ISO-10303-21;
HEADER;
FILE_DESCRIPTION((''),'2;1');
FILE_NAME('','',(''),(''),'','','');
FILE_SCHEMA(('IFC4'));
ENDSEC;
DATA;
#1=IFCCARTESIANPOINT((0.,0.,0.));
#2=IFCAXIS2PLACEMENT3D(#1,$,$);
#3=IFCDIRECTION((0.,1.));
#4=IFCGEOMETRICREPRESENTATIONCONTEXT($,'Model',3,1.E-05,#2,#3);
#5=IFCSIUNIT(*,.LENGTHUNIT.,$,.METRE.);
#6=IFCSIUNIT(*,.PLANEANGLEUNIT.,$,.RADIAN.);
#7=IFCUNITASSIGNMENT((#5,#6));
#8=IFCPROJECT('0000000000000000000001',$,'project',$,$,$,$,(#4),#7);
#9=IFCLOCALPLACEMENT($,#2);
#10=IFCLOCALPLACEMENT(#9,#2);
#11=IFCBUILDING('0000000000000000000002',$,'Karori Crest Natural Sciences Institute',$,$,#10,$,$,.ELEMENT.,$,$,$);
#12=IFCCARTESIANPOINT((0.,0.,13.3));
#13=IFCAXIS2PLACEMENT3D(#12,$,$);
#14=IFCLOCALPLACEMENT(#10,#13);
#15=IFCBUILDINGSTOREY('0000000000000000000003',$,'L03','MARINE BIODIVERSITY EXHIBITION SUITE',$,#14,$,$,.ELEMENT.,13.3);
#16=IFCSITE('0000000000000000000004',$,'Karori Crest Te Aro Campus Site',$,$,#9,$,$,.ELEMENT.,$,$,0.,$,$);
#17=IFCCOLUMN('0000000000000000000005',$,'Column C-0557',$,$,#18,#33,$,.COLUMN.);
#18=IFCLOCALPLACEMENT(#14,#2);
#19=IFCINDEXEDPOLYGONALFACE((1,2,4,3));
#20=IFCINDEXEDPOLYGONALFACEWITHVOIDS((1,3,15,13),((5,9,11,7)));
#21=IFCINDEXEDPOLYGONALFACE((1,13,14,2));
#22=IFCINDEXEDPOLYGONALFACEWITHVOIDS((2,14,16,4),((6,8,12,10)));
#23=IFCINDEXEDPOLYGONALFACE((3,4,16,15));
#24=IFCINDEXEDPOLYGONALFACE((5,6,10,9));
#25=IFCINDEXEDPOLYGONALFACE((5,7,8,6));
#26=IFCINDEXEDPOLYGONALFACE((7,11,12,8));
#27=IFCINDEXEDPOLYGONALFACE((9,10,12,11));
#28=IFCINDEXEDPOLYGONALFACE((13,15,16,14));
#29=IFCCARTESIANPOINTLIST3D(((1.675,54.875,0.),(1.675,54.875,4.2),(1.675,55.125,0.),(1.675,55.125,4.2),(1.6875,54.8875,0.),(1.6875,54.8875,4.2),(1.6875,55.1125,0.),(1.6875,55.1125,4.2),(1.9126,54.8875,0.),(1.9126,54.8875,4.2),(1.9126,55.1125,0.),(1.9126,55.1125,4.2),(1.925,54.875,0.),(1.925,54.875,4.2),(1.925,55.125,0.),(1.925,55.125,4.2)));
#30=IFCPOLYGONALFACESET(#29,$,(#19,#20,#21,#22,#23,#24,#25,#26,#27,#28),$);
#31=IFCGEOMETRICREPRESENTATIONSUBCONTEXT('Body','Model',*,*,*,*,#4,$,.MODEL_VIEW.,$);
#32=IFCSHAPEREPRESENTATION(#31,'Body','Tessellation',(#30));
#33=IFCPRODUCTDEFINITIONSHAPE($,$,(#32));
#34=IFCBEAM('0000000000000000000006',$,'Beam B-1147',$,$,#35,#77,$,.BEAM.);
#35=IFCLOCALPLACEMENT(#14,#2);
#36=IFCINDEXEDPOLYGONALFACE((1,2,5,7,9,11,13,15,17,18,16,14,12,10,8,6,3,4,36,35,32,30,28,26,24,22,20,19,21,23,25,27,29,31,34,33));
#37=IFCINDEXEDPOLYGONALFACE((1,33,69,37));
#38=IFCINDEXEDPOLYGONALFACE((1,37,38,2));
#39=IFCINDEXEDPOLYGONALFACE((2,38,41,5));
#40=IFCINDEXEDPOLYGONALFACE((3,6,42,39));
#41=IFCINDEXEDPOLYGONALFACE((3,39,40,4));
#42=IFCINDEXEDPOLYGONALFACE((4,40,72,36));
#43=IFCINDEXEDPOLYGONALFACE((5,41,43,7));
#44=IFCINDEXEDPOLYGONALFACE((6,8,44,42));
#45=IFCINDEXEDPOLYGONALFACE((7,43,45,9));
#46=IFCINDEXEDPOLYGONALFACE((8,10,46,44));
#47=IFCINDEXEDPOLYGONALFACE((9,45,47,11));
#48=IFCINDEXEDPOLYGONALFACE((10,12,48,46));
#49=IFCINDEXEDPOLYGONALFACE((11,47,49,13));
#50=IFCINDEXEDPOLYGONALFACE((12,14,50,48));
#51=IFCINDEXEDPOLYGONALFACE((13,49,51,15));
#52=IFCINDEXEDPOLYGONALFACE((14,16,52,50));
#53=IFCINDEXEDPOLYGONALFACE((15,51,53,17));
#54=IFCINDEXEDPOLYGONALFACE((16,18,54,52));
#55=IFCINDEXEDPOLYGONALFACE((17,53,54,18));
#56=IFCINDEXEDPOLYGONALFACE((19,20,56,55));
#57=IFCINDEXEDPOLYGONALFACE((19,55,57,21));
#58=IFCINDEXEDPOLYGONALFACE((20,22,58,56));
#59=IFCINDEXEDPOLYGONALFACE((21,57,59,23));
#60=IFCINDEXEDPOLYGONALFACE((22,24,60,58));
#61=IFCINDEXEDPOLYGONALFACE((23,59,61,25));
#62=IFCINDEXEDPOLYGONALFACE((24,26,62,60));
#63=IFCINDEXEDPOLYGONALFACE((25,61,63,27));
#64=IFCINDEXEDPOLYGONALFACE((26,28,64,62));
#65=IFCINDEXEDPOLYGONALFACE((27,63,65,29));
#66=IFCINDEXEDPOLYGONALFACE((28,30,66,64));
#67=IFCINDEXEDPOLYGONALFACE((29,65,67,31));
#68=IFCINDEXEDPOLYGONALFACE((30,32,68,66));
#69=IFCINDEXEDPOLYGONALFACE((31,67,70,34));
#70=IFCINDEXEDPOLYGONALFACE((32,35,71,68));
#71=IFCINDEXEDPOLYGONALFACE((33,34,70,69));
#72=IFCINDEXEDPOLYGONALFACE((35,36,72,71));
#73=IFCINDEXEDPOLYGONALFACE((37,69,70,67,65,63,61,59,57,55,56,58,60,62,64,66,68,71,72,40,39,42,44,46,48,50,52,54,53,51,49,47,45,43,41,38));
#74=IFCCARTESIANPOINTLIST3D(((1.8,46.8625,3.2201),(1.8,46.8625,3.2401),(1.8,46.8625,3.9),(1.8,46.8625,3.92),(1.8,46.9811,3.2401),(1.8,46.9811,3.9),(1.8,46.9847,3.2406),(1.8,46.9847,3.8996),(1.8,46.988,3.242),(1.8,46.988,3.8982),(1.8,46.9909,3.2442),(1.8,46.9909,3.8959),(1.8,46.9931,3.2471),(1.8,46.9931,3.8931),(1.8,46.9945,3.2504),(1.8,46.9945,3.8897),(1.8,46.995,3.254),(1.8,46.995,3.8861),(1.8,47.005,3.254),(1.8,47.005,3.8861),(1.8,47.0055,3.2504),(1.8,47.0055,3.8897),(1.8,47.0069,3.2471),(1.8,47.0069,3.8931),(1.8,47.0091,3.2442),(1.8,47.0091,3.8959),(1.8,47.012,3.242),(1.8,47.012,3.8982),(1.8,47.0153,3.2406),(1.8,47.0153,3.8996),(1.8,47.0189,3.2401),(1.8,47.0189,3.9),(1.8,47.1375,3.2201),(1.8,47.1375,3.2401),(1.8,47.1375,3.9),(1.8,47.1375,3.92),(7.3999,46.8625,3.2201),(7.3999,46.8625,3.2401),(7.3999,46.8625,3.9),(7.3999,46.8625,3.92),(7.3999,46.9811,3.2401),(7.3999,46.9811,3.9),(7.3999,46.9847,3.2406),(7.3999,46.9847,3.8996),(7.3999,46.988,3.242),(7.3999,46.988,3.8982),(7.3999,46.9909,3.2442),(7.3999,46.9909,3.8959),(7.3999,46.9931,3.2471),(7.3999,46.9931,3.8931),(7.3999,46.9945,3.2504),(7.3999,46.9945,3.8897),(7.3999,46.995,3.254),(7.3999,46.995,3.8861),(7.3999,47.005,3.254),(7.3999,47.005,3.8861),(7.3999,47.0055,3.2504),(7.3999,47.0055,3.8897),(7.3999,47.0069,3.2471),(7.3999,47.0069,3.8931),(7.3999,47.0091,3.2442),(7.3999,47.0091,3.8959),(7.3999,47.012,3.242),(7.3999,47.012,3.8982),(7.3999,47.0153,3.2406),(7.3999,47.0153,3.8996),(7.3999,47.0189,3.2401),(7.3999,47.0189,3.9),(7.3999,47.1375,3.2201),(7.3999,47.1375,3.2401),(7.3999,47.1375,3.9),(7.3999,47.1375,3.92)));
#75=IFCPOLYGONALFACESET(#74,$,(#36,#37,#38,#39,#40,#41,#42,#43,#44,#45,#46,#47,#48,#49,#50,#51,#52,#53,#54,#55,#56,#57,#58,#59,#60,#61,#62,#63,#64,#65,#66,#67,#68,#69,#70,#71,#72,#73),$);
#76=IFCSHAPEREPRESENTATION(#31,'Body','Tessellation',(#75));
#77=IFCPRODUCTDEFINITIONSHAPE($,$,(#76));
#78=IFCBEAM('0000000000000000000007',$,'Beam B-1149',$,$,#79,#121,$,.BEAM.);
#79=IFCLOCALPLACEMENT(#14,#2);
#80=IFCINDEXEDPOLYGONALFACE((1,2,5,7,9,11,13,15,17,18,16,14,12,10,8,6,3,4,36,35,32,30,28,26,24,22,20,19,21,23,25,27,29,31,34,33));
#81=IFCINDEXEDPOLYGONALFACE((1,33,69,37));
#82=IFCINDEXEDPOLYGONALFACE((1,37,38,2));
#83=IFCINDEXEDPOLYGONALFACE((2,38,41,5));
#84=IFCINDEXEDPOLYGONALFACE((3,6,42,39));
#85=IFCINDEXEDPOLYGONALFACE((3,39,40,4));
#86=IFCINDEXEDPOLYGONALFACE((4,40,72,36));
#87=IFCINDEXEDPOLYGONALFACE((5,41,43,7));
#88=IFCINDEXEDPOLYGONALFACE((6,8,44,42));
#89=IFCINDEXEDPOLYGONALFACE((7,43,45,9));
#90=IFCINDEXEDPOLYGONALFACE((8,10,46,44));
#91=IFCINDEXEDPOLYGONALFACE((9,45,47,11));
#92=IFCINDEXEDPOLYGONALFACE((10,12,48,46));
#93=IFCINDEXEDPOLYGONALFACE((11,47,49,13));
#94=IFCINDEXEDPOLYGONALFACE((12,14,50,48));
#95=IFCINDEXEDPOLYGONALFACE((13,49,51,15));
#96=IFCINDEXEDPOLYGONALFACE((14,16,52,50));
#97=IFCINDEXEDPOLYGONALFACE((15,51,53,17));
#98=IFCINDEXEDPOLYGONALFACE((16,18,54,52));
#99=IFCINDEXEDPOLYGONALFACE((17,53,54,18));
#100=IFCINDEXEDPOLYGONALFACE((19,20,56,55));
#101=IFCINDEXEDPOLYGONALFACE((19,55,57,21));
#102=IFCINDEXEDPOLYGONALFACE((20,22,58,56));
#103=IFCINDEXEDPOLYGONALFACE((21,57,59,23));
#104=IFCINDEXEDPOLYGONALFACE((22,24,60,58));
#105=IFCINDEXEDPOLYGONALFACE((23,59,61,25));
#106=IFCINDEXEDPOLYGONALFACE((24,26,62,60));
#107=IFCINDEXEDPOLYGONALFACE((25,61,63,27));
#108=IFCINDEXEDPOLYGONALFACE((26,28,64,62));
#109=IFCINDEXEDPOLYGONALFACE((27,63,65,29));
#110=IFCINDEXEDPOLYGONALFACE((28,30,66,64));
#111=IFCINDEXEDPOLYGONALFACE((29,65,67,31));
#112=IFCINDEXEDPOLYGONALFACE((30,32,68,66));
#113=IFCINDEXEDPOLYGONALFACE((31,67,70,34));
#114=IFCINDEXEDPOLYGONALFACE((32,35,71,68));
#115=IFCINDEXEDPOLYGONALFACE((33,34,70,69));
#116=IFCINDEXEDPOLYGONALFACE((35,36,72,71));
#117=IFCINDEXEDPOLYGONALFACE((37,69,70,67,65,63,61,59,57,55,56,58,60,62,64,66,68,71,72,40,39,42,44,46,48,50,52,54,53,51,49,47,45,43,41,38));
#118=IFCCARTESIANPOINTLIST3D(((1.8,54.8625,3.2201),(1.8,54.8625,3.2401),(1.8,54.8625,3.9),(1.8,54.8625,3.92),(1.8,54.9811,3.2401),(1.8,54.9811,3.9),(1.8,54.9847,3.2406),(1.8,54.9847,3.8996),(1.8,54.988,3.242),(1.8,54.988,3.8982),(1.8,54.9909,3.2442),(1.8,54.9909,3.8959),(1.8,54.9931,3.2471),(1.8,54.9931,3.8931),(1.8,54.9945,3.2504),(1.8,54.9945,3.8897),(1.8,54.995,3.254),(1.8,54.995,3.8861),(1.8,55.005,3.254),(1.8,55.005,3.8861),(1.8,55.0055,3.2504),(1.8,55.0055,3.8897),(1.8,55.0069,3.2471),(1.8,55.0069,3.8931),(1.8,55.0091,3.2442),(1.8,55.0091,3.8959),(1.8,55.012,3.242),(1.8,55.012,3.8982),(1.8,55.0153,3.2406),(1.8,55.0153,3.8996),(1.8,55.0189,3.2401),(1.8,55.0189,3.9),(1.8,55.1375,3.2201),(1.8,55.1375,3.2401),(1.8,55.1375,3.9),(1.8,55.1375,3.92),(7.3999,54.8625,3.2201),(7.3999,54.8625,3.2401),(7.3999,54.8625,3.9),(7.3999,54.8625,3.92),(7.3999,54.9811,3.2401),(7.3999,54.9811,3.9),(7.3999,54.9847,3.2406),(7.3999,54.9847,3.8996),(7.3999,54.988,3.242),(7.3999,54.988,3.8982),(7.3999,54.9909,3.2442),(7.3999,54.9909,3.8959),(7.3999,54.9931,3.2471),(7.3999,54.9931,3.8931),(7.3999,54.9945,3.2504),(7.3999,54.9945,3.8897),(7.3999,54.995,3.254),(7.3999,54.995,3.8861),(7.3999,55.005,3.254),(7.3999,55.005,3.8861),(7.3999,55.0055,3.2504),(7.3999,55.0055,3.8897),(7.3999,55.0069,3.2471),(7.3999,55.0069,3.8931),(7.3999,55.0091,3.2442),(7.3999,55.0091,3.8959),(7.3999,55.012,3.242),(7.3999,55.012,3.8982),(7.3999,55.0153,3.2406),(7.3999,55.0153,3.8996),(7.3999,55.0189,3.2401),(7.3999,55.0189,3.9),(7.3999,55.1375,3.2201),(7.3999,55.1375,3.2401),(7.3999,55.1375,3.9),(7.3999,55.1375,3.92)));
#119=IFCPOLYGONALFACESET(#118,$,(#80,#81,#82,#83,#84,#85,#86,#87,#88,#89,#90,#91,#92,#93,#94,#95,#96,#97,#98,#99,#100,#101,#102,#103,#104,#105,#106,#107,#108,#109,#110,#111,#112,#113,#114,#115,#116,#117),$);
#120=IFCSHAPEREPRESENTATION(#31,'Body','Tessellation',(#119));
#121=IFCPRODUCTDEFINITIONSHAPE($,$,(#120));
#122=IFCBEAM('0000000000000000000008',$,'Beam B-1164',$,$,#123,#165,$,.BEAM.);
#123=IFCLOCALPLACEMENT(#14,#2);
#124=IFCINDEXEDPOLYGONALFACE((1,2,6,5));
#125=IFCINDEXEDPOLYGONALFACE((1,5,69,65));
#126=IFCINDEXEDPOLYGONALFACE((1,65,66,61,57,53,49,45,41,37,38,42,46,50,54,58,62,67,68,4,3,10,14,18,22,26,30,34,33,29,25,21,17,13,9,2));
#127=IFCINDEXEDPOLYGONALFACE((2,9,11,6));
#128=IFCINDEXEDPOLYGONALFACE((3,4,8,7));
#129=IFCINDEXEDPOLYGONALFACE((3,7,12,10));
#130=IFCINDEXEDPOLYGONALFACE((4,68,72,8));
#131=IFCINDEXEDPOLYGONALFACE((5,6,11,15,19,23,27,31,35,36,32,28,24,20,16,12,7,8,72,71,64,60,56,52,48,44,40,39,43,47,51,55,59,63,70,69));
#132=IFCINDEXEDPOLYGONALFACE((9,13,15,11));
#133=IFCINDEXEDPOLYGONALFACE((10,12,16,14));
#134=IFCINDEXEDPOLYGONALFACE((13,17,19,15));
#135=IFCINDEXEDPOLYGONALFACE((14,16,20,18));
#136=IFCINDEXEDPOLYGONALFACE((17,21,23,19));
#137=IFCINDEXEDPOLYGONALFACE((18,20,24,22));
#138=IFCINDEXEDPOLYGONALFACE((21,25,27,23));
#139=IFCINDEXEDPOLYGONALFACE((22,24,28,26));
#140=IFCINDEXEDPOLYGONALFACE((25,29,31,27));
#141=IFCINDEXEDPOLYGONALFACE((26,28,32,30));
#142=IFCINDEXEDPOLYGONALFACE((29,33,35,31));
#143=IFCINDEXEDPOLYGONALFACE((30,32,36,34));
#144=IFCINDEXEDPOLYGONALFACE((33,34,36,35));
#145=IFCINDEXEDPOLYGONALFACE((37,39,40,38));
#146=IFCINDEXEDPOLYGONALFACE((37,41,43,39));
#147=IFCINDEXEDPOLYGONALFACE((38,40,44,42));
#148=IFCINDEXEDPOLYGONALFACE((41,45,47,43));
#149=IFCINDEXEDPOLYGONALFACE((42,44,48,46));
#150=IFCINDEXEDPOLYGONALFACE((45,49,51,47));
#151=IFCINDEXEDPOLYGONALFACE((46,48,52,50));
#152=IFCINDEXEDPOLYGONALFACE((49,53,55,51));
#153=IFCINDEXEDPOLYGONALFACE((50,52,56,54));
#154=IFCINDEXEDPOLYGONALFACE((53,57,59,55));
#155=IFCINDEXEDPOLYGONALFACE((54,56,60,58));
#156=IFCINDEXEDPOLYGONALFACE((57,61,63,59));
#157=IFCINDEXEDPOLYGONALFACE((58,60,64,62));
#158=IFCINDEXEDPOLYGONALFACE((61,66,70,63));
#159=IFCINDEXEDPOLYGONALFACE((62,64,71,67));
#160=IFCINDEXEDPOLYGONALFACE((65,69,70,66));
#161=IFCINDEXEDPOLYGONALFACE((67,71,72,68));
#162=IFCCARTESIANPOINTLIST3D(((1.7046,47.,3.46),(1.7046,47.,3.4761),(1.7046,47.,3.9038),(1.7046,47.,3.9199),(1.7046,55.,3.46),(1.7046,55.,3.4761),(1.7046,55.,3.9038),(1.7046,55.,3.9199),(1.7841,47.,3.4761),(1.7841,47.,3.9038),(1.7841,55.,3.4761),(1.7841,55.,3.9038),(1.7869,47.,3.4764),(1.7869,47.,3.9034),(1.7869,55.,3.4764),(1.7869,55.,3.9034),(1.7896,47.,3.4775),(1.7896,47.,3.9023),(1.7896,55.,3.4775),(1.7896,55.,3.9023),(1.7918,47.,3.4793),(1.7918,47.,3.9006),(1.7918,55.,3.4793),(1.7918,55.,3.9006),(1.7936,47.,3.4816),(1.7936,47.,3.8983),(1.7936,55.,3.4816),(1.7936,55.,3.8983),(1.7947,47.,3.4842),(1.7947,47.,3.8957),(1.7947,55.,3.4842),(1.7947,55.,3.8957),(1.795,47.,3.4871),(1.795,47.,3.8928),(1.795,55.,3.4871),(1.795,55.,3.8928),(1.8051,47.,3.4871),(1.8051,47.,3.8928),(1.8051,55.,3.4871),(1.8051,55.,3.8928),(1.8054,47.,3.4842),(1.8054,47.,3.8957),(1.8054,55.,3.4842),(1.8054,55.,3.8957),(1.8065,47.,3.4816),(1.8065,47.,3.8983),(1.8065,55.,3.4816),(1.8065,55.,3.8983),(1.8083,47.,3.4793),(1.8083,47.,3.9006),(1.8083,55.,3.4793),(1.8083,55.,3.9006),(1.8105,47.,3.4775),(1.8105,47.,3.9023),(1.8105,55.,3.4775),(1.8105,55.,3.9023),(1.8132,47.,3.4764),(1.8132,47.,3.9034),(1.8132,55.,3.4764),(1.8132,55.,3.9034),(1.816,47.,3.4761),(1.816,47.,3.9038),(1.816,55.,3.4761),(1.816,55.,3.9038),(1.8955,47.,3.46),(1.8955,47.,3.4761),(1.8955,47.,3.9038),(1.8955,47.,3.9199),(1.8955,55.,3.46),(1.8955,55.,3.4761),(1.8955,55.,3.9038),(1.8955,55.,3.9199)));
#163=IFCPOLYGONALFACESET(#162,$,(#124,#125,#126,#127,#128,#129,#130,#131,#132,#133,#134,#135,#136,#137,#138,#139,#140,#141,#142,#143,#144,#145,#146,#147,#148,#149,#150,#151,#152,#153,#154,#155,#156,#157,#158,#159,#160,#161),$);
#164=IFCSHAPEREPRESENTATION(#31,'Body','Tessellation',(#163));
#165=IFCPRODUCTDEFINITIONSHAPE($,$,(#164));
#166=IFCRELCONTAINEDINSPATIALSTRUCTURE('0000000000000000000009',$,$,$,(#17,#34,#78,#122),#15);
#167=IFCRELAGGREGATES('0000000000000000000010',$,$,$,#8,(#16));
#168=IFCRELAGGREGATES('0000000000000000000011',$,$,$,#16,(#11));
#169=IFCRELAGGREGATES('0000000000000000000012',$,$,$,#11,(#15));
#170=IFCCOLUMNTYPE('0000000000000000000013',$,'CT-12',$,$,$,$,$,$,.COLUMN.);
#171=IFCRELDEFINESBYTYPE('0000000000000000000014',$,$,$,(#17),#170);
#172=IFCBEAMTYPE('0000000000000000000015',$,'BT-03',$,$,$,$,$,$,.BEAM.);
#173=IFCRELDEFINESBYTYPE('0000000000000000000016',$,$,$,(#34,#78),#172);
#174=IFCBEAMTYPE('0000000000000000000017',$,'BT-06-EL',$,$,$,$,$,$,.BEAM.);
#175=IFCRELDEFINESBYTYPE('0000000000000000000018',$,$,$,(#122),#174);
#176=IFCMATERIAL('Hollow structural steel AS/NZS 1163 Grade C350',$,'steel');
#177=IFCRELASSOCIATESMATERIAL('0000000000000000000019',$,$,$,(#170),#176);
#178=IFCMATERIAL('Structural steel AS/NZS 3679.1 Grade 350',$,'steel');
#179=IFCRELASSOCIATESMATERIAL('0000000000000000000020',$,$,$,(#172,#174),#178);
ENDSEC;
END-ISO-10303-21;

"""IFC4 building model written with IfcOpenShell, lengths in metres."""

from ifc_helpers import new_model, si_unit, direction, frame, origin, origin_2d, place, context, subcontext, project, spatial, hollow_rectangle, i_section, extrude, material, material_profile, profile_set, type_object, element, save


model = new_model("IFC4")

# Units and contexts
model_context = context("Model", 3, precision=1e-05, world=origin(), true_north=direction((0.0, 1.0)))
body_context = subcontext(model_context, "Body", "Model", "MODEL_VIEW")
ifc_project = project(units=[si_unit("LENGTHUNIT", "METRE"), si_unit("PLANEANGLEUNIT", "RADIAN")], contexts=[model_context])

# Site, building, storey
site_placement = place(None, origin())
site = spatial("IfcSite", under=ifc_project, at=site_placement, Name="Karori Crest Te Aro Campus Site", CompositionType="ELEMENT", RefElevation=0.0)
building_placement = place(site_placement, origin())
building = spatial("IfcBuilding", under=site, at=building_placement, Name="Karori Crest Natural Sciences Institute", CompositionType="ELEMENT")
storey_placement = place(building_placement, frame((0.0, 0.0, 13.3)))
storey = spatial("IfcBuildingStorey", under=building, at=storey_placement, Name="L03", Description="MARINE BIODIVERSITY EXHIBITION SUITE", CompositionType="ELEMENT", Elevation=13.3)

# Column
ifc_material_1 = material(Name="Hollow structural steel AS/NZS 1163 Grade C350", Category="steel")
ifc_material_profile_1 = material_profile(ifc_material_1, hollow_rectangle(XDim=0.25, YDim=0.25, WallThickness=0.0125, at=origin_2d()), Name="SHS250x250x12.5")
ifc_profile_set_1 = profile_set([ifc_material_profile_1], Name="Hollow structural steel AS/NZS 1163 Grade C350")
column_type = type_object("IfcColumnType", Name="CT-12", PredefinedType="COLUMN", material=ifc_profile_set_1)
column_placement = place(storey_placement, frame((1.8, 55.0, 0.0), z_axis=(0.0, 0.0, 1.0), x_axis=(1.0, 0.0, 0.0)))
element("IfcColumn", 1, at=column_placement, inside=storey, type_object=column_type, Name="Column C-0557", PredefinedType="COLUMN", context=body_context, shape_type="SweptSolid", body=[
    extrude(hollow_rectangle(XDim=0.25, YDim=0.25, WallThickness=0.0125, at=origin_2d()), origin(), (0.0, 0.0, 1.0), 4.2),
])

# Beams
ifc_material_2 = material(Name="Structural steel AS/NZS 3679.1 Grade 350", Category="steel")
ifc_material_profile_2 = material_profile(ifc_material_2, i_section(OverallWidth=0.2749, OverallDepth=0.7, WebThickness=0.01, FlangeThickness=0.02, FilletRadius=0.0139, at=origin_2d()), Name="700WB150")
ifc_profile_set_2 = profile_set([ifc_material_profile_2], Name="Structural steel AS/NZS 3679.1 Grade 350")
beam_type_1 = type_object("IfcBeamType", Name="BT-03", PredefinedType="BEAM", material=ifc_profile_set_2)
for number, where, z_axis, x_axis, name in (
    (2, (1.8, 47.0, 3.5701), (1.0, 0.0, 0.0), (0.0, 1.0, 0.0), "Beam B-1147"),
    (3, (1.8, 55.0, 3.5701), (1.0, 0.0, 0.0), (0.0, 1.0, 0.0), "Beam B-1149"),
):
    element("IfcBeam", number, at=place(storey_placement, frame(where, z_axis=z_axis, x_axis=x_axis)), inside=storey, type_object=beam_type_1, Name=name, PredefinedType="BEAM", context=body_context, shape_type="SweptSolid", body=[
        extrude(i_section(OverallWidth=0.2749, OverallDepth=0.7, WebThickness=0.01, FlangeThickness=0.02, FilletRadius=0.0139, at=origin_2d()), origin(), (0.0, 0.0, 1.0), 5.5999),
    ])
ifc_material_profile_3 = material_profile(ifc_material_2, i_section(OverallWidth=0.1909, OverallDepth=0.46, WebThickness=0.01, FlangeThickness=0.0161, FilletRadius=0.011, at=origin_2d()), Name="460UB82.1")
ifc_profile_set_3 = profile_set([ifc_material_profile_3], Name="Structural steel AS/NZS 3679.1 Grade 350")
beam_type_2 = type_object("IfcBeamType", Name="BT-06-EL", PredefinedType="BEAM", material=ifc_profile_set_3)
beam_1_placement = place(storey_placement, frame((1.8, 47.0, 3.6899), z_axis=(0.0, 1.0, 0.0), x_axis=(-1.0, 0.0, 0.0)))
element("IfcBeam", 4, at=beam_1_placement, inside=storey, type_object=beam_type_2, Name="Beam B-1164", PredefinedType="BEAM", context=body_context, shape_type="SweptSolid", body=[
    extrude(i_section(OverallWidth=0.1909, OverallDepth=0.46, WebThickness=0.01, FlangeThickness=0.0161, FilletRadius=0.011, at=origin_2d()), origin(), (0.0, 0.0, 1.0), 8.0),
])

save(model, "model.ifc")
